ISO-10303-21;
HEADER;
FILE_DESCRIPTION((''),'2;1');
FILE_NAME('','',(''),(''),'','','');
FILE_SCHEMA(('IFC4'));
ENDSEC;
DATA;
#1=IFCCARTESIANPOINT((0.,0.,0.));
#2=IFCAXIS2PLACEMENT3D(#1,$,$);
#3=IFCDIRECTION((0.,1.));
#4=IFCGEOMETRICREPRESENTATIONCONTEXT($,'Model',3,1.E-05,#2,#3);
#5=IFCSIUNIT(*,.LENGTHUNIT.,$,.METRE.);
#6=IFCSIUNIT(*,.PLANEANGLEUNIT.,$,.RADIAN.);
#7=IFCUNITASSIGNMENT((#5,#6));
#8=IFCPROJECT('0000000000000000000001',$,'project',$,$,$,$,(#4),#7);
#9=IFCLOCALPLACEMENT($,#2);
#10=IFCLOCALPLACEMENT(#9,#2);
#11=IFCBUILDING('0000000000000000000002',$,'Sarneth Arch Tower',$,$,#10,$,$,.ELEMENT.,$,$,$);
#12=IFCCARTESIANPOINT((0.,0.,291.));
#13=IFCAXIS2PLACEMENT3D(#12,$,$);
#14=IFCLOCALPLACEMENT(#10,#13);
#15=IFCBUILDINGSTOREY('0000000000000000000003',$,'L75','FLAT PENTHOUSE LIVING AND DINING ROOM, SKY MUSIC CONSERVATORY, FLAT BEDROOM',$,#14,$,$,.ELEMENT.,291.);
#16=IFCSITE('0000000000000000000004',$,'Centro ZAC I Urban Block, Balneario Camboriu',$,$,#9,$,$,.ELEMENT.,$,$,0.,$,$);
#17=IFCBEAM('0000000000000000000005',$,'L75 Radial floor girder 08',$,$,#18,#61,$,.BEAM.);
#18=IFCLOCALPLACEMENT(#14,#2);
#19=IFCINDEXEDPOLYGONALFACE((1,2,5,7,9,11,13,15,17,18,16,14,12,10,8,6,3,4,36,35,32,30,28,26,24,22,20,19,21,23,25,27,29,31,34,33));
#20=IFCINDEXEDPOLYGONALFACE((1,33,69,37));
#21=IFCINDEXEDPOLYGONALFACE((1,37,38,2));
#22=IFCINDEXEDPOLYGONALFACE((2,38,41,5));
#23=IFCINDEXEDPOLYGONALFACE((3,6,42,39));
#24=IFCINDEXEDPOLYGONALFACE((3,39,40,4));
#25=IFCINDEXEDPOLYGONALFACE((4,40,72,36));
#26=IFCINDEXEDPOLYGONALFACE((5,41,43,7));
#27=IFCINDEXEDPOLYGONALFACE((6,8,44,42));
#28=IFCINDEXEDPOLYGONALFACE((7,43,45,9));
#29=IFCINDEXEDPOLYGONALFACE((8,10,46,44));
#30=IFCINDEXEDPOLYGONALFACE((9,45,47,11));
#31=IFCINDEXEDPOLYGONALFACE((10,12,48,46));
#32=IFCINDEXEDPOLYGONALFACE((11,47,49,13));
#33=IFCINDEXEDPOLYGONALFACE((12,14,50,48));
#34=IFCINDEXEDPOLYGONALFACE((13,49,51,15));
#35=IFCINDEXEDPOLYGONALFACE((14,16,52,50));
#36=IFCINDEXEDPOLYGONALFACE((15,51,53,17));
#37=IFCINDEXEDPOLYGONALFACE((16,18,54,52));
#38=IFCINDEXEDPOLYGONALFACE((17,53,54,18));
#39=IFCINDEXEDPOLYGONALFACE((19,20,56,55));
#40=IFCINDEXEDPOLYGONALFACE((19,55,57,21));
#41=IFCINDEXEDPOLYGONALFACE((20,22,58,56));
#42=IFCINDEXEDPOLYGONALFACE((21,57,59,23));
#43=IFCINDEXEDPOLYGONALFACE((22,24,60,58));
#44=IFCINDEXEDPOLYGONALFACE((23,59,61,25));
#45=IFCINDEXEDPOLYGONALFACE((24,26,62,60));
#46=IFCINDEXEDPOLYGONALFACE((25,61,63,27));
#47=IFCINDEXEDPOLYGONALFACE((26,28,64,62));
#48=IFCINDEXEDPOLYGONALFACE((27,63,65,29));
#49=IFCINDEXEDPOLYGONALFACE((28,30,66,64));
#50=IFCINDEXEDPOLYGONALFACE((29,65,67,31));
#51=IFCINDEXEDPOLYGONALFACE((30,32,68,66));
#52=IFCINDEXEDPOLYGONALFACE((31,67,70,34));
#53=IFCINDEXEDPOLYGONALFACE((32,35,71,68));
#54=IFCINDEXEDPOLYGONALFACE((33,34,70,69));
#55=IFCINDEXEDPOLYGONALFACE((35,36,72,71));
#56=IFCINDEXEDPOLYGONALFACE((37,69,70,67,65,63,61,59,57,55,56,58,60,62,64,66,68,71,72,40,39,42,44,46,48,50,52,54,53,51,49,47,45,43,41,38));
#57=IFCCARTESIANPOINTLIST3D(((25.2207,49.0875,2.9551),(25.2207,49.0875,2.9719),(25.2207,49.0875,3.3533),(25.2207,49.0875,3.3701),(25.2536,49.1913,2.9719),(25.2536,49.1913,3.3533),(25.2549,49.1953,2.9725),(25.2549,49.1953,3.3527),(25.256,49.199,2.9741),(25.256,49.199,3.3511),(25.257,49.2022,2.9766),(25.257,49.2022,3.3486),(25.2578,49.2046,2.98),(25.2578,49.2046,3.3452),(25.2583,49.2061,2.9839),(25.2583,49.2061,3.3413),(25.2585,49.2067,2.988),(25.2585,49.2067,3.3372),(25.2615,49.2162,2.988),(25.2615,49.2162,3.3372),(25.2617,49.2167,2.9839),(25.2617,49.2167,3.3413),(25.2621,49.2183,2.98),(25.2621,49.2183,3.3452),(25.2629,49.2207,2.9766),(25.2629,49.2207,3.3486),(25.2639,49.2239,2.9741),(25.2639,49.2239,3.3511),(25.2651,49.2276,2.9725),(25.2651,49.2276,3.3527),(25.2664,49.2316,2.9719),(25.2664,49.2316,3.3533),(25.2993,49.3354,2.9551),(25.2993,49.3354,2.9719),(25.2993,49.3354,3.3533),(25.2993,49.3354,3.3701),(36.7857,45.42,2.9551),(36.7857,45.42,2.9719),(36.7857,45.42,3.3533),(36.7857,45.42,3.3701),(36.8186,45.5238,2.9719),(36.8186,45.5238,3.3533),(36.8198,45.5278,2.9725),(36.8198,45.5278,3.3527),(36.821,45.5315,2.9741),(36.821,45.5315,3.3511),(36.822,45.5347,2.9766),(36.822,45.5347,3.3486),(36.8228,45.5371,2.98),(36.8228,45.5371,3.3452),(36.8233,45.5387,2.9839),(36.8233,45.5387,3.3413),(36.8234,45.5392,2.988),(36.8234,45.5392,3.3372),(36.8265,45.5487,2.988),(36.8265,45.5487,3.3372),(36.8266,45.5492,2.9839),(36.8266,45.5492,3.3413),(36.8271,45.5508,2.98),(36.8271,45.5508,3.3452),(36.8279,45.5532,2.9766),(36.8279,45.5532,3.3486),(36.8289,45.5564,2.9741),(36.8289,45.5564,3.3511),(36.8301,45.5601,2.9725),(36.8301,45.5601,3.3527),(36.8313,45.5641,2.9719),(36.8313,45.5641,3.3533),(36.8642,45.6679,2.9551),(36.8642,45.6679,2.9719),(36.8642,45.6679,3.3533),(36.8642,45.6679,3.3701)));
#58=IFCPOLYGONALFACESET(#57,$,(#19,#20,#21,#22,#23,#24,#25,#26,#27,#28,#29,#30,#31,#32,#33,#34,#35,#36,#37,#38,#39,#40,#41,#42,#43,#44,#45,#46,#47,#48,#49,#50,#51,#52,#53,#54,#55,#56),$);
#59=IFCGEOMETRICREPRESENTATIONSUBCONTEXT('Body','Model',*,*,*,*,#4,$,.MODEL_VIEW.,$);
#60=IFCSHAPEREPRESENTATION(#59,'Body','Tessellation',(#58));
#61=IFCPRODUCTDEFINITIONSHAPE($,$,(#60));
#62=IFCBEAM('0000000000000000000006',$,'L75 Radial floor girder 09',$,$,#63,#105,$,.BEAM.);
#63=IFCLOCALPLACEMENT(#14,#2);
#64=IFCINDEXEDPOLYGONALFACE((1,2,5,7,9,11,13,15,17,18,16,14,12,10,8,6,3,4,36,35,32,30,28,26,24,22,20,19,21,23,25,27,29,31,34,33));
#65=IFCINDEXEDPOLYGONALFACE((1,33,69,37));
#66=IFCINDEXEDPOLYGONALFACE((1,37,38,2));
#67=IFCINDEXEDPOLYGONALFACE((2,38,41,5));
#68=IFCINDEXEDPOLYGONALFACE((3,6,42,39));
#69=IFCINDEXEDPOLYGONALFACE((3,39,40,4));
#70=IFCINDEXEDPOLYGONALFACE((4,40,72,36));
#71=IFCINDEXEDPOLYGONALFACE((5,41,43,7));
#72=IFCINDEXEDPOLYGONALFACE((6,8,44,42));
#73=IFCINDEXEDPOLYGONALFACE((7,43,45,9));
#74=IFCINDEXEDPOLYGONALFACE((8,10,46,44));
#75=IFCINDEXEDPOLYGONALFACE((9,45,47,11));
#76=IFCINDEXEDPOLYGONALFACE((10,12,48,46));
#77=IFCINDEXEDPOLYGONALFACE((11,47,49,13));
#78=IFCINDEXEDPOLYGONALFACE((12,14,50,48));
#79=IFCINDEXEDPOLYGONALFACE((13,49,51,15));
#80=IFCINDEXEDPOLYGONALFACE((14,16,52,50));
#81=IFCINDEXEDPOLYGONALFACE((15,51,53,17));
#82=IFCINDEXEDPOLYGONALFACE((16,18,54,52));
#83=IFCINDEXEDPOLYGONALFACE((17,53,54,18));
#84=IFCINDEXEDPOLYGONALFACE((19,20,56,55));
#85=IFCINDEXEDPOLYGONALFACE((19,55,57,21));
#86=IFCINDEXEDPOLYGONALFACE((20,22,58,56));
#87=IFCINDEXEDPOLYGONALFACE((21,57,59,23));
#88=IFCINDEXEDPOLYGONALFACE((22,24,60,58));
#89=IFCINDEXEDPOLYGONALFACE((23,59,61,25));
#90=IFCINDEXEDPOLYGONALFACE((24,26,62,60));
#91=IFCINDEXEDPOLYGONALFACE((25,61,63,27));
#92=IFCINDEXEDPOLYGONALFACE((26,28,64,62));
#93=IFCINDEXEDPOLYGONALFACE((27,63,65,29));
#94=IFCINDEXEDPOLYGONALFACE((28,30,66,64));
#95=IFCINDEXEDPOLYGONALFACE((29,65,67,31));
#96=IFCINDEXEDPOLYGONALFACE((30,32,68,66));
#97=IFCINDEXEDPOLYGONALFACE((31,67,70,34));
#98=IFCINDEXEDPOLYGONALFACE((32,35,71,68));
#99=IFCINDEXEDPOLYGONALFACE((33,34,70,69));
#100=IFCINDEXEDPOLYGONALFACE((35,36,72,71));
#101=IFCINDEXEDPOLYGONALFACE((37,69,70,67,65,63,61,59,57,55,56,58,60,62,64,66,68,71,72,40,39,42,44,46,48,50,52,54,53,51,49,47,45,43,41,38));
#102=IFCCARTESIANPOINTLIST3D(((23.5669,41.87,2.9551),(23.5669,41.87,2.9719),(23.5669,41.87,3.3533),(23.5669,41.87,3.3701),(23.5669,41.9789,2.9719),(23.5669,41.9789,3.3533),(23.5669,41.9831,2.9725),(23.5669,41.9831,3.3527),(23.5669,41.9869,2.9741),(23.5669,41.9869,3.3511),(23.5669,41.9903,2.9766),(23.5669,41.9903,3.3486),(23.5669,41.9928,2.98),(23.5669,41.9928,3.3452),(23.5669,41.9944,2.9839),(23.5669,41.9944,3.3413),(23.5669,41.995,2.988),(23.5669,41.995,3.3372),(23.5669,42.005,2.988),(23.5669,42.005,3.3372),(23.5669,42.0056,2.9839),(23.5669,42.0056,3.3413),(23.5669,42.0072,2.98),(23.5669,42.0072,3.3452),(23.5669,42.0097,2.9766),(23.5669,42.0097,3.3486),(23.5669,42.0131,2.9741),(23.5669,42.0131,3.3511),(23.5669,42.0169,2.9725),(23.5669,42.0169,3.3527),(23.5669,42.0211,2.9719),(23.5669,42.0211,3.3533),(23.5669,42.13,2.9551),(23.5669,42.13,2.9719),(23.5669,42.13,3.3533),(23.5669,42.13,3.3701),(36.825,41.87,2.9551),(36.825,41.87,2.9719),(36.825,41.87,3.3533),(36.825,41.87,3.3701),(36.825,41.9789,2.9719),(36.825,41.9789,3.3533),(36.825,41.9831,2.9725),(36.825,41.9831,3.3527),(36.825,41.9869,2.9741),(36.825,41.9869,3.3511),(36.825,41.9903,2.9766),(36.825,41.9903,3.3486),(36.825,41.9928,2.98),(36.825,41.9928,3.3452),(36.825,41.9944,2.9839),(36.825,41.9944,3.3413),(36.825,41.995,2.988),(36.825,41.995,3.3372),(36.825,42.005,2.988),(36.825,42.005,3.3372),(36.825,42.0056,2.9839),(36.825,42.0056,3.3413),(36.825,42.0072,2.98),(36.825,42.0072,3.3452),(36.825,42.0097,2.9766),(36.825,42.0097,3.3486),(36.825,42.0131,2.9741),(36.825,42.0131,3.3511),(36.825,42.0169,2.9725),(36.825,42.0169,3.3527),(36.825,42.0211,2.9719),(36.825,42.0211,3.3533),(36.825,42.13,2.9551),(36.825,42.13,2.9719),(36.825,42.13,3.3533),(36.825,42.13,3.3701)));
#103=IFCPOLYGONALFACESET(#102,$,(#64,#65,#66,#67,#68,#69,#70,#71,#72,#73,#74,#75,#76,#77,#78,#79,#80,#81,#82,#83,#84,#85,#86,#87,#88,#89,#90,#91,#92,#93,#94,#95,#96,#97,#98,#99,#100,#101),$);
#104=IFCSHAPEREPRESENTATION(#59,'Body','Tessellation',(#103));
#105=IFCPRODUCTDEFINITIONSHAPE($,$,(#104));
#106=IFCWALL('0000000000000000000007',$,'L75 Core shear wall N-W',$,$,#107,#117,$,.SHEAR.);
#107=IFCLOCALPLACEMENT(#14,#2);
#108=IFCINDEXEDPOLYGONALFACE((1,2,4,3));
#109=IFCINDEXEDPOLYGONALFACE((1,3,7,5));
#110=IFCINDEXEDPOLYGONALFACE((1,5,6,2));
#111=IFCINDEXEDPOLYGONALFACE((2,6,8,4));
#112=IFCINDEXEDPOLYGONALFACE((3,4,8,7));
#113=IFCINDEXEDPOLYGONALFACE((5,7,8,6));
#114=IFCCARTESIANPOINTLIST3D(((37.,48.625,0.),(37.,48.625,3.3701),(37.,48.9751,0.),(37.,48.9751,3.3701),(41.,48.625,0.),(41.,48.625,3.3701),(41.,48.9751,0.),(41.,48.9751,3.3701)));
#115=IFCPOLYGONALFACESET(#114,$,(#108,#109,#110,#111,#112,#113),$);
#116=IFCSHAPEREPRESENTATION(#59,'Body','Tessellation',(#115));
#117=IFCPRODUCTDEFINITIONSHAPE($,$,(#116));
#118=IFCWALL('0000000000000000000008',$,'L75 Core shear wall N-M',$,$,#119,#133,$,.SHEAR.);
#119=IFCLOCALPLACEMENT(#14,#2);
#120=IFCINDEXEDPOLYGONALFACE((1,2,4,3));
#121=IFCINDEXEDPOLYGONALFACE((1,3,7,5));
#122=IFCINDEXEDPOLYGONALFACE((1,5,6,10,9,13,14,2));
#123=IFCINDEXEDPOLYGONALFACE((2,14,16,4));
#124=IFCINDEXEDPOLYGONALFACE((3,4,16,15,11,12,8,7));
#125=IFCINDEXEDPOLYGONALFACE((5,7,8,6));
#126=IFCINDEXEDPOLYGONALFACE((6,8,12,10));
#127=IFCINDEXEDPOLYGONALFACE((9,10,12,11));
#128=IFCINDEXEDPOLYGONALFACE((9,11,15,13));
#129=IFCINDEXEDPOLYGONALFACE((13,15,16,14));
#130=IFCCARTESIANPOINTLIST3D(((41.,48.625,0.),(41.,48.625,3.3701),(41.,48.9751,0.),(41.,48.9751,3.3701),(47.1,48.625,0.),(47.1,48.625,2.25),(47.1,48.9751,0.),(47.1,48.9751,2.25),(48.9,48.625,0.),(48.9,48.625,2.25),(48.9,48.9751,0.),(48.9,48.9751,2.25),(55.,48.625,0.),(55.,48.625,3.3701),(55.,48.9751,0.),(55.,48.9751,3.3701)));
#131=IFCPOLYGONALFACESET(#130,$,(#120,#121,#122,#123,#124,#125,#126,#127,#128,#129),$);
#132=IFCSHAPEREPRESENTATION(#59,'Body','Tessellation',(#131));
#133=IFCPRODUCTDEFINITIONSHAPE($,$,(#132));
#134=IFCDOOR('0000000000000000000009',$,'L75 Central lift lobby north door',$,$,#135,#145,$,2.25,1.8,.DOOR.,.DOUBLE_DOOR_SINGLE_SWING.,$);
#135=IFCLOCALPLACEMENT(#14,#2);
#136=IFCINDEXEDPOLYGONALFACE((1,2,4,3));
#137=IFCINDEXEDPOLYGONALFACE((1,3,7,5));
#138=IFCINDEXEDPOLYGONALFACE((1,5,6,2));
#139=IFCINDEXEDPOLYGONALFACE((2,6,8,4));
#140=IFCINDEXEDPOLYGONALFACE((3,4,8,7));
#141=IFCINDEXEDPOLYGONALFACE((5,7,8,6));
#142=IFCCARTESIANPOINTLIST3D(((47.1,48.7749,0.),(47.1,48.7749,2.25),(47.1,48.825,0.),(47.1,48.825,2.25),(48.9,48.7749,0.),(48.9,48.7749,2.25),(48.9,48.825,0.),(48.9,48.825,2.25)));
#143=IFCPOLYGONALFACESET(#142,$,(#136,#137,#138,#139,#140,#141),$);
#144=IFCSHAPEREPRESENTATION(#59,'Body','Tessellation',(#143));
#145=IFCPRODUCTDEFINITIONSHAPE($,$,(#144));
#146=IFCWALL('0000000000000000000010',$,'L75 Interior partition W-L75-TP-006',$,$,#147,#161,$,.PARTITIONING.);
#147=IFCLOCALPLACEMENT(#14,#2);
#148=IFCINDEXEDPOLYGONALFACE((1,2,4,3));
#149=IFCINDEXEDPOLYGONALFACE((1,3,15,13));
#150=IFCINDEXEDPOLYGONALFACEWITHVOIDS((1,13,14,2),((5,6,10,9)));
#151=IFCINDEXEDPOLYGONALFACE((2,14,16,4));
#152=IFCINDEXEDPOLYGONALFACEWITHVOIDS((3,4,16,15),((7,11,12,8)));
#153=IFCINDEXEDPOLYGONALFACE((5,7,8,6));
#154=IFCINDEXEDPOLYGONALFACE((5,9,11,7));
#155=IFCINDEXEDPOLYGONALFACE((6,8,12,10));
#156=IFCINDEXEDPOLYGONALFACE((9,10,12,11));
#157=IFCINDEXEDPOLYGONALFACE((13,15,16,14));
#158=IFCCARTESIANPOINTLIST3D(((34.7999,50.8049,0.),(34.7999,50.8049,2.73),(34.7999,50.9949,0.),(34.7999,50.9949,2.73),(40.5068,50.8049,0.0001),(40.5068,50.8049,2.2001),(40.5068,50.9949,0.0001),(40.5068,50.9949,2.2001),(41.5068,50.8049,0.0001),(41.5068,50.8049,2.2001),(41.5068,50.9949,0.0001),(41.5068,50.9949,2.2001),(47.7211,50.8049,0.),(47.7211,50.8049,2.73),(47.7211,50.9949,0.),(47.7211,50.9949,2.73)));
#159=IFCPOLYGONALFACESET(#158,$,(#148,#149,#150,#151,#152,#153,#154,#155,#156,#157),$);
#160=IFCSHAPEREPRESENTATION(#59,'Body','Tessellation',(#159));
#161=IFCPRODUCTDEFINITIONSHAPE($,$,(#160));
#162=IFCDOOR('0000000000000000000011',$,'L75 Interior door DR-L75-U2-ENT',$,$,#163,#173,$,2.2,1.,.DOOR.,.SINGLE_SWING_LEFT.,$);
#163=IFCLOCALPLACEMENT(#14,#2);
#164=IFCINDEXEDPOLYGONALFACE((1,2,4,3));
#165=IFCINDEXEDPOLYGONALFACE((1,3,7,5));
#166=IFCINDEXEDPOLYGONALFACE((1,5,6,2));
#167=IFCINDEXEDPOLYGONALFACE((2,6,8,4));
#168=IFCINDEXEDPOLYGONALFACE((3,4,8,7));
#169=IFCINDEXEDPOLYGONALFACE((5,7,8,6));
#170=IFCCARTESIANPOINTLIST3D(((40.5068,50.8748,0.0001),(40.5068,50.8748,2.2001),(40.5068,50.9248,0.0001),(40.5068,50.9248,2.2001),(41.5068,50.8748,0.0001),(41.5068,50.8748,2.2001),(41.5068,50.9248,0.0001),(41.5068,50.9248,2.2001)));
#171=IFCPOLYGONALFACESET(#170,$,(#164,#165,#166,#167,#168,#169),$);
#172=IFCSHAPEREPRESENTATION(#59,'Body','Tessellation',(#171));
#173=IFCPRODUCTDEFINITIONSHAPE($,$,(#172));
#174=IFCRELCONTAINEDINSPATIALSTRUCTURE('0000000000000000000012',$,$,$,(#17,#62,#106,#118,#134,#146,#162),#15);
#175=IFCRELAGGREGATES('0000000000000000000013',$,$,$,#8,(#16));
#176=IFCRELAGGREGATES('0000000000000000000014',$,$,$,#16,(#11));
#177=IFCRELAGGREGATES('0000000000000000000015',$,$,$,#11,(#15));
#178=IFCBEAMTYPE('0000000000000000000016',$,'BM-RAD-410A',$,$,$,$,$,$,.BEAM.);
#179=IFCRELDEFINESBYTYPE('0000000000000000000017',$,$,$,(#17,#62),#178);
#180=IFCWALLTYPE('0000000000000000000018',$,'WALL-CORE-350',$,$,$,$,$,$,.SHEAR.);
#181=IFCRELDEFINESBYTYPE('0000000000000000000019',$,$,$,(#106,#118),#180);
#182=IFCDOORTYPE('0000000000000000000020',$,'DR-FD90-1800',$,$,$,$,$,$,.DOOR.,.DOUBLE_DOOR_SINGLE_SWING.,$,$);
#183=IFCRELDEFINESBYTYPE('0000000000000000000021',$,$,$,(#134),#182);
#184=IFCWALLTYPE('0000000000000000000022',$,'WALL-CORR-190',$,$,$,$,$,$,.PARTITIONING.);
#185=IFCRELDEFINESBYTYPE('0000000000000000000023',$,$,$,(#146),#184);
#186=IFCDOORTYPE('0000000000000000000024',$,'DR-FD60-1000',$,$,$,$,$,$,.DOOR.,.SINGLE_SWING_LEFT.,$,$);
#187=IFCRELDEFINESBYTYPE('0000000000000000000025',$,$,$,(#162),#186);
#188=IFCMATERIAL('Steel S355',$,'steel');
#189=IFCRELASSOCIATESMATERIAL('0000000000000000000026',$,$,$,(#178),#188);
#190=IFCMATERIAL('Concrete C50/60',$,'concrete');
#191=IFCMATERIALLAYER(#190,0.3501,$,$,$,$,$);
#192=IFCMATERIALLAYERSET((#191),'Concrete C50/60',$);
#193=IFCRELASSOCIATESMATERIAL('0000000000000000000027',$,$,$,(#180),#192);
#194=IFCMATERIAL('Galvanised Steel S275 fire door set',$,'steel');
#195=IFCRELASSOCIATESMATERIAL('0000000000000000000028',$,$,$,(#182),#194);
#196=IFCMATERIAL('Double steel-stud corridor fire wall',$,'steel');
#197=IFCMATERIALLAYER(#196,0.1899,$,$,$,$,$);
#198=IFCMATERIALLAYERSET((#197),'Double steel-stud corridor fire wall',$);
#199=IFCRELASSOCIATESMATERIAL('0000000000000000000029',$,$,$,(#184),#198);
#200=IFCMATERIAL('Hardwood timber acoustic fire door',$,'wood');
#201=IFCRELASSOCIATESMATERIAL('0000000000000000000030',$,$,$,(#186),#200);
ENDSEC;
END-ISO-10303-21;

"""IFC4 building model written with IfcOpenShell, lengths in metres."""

from ifc_helpers import new_model, si_unit, direction, frame, frame_2d, origin, origin_2d, place, context, subcontext, project, spatial, rectangle, i_section, extrude, material, layer, layer_set, material_profile, profile_set, type_object, element, fill, save


model = new_model("IFC4")

# Units and contexts
model_context = context("Model", 3, precision=1e-05, world=origin(), true_north=direction((0.0, 1.0)))
body_context = subcontext(model_context, "Body", "Model", "MODEL_VIEW")
ifc_project = project(units=[si_unit("LENGTHUNIT", "METRE"), si_unit("PLANEANGLEUNIT", "RADIAN")], contexts=[model_context])

# Site, building, storey
site_placement = place(None, origin())
site = spatial("IfcSite", under=ifc_project, at=site_placement, Name="Centro ZAC I Urban Block, Balneario Camboriu", CompositionType="ELEMENT", RefElevation=0.0)
building_placement = place(site_placement, origin())
building = spatial("IfcBuilding", under=site, at=building_placement, Name="Sarneth Arch Tower", CompositionType="ELEMENT")
storey_placement = place(building_placement, frame((0.0, 0.0, 291.0)))
storey = spatial("IfcBuildingStorey", under=building, at=storey_placement, Name="L75", Description="FLAT PENTHOUSE LIVING AND DINING ROOM, SKY MUSIC CONSERVATORY, FLAT BEDROOM", CompositionType="ELEMENT", Elevation=291.0)

# Beams
ifc_material_1 = material(Name="Steel S355", Category="steel")
ifc_material_profile_1 = material_profile(ifc_material_1, i_section(OverallWidth=0.26, OverallDepth=0.415, WebThickness=0.01, FlangeThickness=0.0168, FilletRadius=0.0161, at=origin_2d()), Name="W410x100")
ifc_profile_set_1 = profile_set([ifc_material_profile_1], Name="Steel S355")
beam_type_1 = type_object("IfcBeamType", Name="BM-RAD-410A", PredefinedType="BEAM", material=ifc_profile_set_1)
beam_1_placement = place(storey_placement, frame((36.825, 45.5439, 3.1626), z_axis=(-0.953218, 0.302285, 0.0), x_axis=(-0.302285, -0.953218, 0.0)))
element("IfcBeam", 1, at=beam_1_placement, inside=storey, type_object=beam_type_1, Name="L75 Radial floor girder 08", PredefinedType="BEAM", context=body_context, shape_type="SweptSolid", body=[
    extrude(i_section(OverallWidth=0.26, OverallDepth=0.415, WebThickness=0.01, FlangeThickness=0.0168, FilletRadius=0.0161, at=origin_2d()), origin(), (0.0, 0.0, 1.0), 12.1326),
])
beam_2_placement = place(storey_placement, frame((36.825, 42.0, 3.1626), z_axis=(-1.0, 0.0, 0.0), x_axis=(0.0, -1.0, 0.0)))
element("IfcBeam", 2, at=beam_2_placement, inside=storey, type_object=beam_type_1, Name="L75 Radial floor girder 09", PredefinedType="BEAM", context=body_context, shape_type="SweptSolid", body=[
    extrude(i_section(OverallWidth=0.26, OverallDepth=0.415, WebThickness=0.01, FlangeThickness=0.0168, FilletRadius=0.0161, at=origin_2d()), origin(), (0.0, 0.0, 1.0), 13.2581),
])

# Wall
ifc_material_2 = material(Name="Concrete C50/60", Category="concrete")
ifc_layer_1 = layer(ifc_material_2, 0.3501)
ifc_layer_set_1 = layer_set([ifc_layer_1], Name="Concrete C50/60")
wall_type_1 = type_object("IfcWallType", Name="WALL-CORE-350", PredefinedType="SHEAR", material=ifc_layer_set_1)
wall_1_placement = place(storey_placement, frame((37.0, 48.8, 0.0), z_axis=(0.0, 0.0, 1.0), x_axis=(1.0, 0.0, 0.0)))
element("IfcWall", 3, at=wall_1_placement, inside=storey, type_object=wall_type_1, Name="L75 Core shear wall N-W", PredefinedType="SHEAR", context=body_context, shape_type="SweptSolid", body=[
    extrude(rectangle(XDim=4.0, YDim=0.3501, at=frame_2d((2.0, 0.0))), origin(), (0.0, 0.0, 1.0), 3.3701),
])

# Walls, openings, doors
wall_2_placement = place(storey_placement, frame((41.0, 48.8, 0.0), z_axis=(0.0, 0.0, 1.0), x_axis=(1.0, 0.0, 0.0)))
wall_2 = element("IfcWall", 4, at=wall_2_placement, inside=storey, type_object=wall_type_1, Name="L75 Core shear wall N-M", PredefinedType="SHEAR", context=body_context, shape_type="SweptSolid", body=[
    extrude(rectangle(XDim=14.0, YDim=0.3501, at=frame_2d((7.0, 0.0))), origin(), (0.0, 0.0, 1.0), 3.3701),
])
opening_1_placement = place(wall_2_placement, frame((6.1001, 0.0, 0.0)))
opening_1 = element("IfcOpeningElement", 5, at=opening_1_placement, cuts=wall_2, PredefinedType="OPENING", context=body_context, shape_type="SweptSolid", body=[
    extrude(rectangle(XDim=1.8, YDim=2.25, at=frame_2d((0.8999, 1.125))), frame((0.0, 0.1851, 0.0), z_axis=(0.0, -1.0, 0.0), x_axis=(1.0, 0.0, 0.0)), (0.0, 0.0, 1.0), 0.3701),
])
ifc_material_3 = material(Name="Galvanised Steel S275 fire door set", Category="steel")
door_type_1 = type_object("IfcDoorType", Name="DR-FD90-1800", OperationType="DOUBLE_DOOR_SINGLE_SWING", PredefinedType="DOOR", material=ifc_material_3)
door_1_placement = place(opening_1_placement, origin())
door_1 = element("IfcDoor", 6, at=door_1_placement, inside=storey, type_object=door_type_1, Name="L75 Central lift lobby north door", OperationType="DOUBLE_DOOR_SINGLE_SWING", OverallHeight=2.25, OverallWidth=1.8, PredefinedType="DOOR", context=body_context, shape_type="SweptSolid", body=[
    extrude(rectangle(XDim=1.8, YDim=2.25, at=frame_2d((0.8999, 1.125))), frame((0.0, 0.0249, 0.0), z_axis=(0.0, -1.0, 0.0), x_axis=(1.0, 0.0, 0.0)), (0.0, 0.0, 1.0), 0.05),
])
fill(opening_1, door_1)
ifc_material_4 = material(Name="Double steel-stud corridor fire wall", Category="steel")
ifc_layer_2 = layer(ifc_material_4, 0.1899)
ifc_layer_set_2 = layer_set([ifc_layer_2], Name="Double steel-stud corridor fire wall")
wall_type_2 = type_object("IfcWallType", Name="WALL-CORR-190", PredefinedType="PARTITIONING", material=ifc_layer_set_2)
wall_3_placement = place(storey_placement, frame((34.8, 50.8999, 0.0), z_axis=(0.0, 0.0, 1.0), x_axis=(1.0, 0.0, 0.0)))
wall_3 = element("IfcWall", 7, at=wall_3_placement, inside=storey, type_object=wall_type_2, Name="L75 Interior partition W-L75-TP-006", PredefinedType="PARTITIONING", context=body_context, shape_type="SweptSolid", body=[
    extrude(rectangle(XDim=12.9211, YDim=0.1899, at=frame_2d((6.4604, 0.0))), origin(), (0.0, 0.0, 1.0), 2.73),
])
opening_2_placement = place(wall_3_placement, frame((5.7068, 0.0, 0.0)))
opening_2 = element("IfcOpeningElement", 8, at=opening_2_placement, cuts=wall_3, PredefinedType="OPENING", context=body_context, shape_type="SweptSolid", body=[
    extrude(rectangle(XDim=1.0, YDim=2.2, at=frame_2d((0.5, 1.1001))), frame((0.0, 0.105, 0.0), z_axis=(0.0, -1.0, 0.0), x_axis=(1.0, 0.0, 0.0)), (0.0, 0.0, 1.0), 0.21),
])
ifc_material_5 = material(Name="Hardwood timber acoustic fire door", Category="wood")
door_type_2 = type_object("IfcDoorType", Name="DR-FD60-1000", OperationType="SINGLE_SWING_LEFT", PredefinedType="DOOR", material=ifc_material_5)
door_2_placement = place(opening_2_placement, origin())
door_2 = element("IfcDoor", 9, at=door_2_placement, inside=storey, type_object=door_type_2, Name="L75 Interior door DR-L75-U2-ENT", OperationType="SINGLE_SWING_LEFT", OverallHeight=2.2, OverallWidth=1.0, PredefinedType="DOOR", context=body_context, shape_type="SweptSolid", body=[
    extrude(rectangle(XDim=1.0, YDim=2.2, at=frame_2d((0.5, 1.1001))), frame((0.0, 0.0249, 0.0), z_axis=(0.0, -1.0, 0.0), x_axis=(1.0, 0.0, 0.0)), (0.0, 0.0, 1.0), 0.05),
])
fill(opening_2, door_2)

save(model, "model.ifc")
